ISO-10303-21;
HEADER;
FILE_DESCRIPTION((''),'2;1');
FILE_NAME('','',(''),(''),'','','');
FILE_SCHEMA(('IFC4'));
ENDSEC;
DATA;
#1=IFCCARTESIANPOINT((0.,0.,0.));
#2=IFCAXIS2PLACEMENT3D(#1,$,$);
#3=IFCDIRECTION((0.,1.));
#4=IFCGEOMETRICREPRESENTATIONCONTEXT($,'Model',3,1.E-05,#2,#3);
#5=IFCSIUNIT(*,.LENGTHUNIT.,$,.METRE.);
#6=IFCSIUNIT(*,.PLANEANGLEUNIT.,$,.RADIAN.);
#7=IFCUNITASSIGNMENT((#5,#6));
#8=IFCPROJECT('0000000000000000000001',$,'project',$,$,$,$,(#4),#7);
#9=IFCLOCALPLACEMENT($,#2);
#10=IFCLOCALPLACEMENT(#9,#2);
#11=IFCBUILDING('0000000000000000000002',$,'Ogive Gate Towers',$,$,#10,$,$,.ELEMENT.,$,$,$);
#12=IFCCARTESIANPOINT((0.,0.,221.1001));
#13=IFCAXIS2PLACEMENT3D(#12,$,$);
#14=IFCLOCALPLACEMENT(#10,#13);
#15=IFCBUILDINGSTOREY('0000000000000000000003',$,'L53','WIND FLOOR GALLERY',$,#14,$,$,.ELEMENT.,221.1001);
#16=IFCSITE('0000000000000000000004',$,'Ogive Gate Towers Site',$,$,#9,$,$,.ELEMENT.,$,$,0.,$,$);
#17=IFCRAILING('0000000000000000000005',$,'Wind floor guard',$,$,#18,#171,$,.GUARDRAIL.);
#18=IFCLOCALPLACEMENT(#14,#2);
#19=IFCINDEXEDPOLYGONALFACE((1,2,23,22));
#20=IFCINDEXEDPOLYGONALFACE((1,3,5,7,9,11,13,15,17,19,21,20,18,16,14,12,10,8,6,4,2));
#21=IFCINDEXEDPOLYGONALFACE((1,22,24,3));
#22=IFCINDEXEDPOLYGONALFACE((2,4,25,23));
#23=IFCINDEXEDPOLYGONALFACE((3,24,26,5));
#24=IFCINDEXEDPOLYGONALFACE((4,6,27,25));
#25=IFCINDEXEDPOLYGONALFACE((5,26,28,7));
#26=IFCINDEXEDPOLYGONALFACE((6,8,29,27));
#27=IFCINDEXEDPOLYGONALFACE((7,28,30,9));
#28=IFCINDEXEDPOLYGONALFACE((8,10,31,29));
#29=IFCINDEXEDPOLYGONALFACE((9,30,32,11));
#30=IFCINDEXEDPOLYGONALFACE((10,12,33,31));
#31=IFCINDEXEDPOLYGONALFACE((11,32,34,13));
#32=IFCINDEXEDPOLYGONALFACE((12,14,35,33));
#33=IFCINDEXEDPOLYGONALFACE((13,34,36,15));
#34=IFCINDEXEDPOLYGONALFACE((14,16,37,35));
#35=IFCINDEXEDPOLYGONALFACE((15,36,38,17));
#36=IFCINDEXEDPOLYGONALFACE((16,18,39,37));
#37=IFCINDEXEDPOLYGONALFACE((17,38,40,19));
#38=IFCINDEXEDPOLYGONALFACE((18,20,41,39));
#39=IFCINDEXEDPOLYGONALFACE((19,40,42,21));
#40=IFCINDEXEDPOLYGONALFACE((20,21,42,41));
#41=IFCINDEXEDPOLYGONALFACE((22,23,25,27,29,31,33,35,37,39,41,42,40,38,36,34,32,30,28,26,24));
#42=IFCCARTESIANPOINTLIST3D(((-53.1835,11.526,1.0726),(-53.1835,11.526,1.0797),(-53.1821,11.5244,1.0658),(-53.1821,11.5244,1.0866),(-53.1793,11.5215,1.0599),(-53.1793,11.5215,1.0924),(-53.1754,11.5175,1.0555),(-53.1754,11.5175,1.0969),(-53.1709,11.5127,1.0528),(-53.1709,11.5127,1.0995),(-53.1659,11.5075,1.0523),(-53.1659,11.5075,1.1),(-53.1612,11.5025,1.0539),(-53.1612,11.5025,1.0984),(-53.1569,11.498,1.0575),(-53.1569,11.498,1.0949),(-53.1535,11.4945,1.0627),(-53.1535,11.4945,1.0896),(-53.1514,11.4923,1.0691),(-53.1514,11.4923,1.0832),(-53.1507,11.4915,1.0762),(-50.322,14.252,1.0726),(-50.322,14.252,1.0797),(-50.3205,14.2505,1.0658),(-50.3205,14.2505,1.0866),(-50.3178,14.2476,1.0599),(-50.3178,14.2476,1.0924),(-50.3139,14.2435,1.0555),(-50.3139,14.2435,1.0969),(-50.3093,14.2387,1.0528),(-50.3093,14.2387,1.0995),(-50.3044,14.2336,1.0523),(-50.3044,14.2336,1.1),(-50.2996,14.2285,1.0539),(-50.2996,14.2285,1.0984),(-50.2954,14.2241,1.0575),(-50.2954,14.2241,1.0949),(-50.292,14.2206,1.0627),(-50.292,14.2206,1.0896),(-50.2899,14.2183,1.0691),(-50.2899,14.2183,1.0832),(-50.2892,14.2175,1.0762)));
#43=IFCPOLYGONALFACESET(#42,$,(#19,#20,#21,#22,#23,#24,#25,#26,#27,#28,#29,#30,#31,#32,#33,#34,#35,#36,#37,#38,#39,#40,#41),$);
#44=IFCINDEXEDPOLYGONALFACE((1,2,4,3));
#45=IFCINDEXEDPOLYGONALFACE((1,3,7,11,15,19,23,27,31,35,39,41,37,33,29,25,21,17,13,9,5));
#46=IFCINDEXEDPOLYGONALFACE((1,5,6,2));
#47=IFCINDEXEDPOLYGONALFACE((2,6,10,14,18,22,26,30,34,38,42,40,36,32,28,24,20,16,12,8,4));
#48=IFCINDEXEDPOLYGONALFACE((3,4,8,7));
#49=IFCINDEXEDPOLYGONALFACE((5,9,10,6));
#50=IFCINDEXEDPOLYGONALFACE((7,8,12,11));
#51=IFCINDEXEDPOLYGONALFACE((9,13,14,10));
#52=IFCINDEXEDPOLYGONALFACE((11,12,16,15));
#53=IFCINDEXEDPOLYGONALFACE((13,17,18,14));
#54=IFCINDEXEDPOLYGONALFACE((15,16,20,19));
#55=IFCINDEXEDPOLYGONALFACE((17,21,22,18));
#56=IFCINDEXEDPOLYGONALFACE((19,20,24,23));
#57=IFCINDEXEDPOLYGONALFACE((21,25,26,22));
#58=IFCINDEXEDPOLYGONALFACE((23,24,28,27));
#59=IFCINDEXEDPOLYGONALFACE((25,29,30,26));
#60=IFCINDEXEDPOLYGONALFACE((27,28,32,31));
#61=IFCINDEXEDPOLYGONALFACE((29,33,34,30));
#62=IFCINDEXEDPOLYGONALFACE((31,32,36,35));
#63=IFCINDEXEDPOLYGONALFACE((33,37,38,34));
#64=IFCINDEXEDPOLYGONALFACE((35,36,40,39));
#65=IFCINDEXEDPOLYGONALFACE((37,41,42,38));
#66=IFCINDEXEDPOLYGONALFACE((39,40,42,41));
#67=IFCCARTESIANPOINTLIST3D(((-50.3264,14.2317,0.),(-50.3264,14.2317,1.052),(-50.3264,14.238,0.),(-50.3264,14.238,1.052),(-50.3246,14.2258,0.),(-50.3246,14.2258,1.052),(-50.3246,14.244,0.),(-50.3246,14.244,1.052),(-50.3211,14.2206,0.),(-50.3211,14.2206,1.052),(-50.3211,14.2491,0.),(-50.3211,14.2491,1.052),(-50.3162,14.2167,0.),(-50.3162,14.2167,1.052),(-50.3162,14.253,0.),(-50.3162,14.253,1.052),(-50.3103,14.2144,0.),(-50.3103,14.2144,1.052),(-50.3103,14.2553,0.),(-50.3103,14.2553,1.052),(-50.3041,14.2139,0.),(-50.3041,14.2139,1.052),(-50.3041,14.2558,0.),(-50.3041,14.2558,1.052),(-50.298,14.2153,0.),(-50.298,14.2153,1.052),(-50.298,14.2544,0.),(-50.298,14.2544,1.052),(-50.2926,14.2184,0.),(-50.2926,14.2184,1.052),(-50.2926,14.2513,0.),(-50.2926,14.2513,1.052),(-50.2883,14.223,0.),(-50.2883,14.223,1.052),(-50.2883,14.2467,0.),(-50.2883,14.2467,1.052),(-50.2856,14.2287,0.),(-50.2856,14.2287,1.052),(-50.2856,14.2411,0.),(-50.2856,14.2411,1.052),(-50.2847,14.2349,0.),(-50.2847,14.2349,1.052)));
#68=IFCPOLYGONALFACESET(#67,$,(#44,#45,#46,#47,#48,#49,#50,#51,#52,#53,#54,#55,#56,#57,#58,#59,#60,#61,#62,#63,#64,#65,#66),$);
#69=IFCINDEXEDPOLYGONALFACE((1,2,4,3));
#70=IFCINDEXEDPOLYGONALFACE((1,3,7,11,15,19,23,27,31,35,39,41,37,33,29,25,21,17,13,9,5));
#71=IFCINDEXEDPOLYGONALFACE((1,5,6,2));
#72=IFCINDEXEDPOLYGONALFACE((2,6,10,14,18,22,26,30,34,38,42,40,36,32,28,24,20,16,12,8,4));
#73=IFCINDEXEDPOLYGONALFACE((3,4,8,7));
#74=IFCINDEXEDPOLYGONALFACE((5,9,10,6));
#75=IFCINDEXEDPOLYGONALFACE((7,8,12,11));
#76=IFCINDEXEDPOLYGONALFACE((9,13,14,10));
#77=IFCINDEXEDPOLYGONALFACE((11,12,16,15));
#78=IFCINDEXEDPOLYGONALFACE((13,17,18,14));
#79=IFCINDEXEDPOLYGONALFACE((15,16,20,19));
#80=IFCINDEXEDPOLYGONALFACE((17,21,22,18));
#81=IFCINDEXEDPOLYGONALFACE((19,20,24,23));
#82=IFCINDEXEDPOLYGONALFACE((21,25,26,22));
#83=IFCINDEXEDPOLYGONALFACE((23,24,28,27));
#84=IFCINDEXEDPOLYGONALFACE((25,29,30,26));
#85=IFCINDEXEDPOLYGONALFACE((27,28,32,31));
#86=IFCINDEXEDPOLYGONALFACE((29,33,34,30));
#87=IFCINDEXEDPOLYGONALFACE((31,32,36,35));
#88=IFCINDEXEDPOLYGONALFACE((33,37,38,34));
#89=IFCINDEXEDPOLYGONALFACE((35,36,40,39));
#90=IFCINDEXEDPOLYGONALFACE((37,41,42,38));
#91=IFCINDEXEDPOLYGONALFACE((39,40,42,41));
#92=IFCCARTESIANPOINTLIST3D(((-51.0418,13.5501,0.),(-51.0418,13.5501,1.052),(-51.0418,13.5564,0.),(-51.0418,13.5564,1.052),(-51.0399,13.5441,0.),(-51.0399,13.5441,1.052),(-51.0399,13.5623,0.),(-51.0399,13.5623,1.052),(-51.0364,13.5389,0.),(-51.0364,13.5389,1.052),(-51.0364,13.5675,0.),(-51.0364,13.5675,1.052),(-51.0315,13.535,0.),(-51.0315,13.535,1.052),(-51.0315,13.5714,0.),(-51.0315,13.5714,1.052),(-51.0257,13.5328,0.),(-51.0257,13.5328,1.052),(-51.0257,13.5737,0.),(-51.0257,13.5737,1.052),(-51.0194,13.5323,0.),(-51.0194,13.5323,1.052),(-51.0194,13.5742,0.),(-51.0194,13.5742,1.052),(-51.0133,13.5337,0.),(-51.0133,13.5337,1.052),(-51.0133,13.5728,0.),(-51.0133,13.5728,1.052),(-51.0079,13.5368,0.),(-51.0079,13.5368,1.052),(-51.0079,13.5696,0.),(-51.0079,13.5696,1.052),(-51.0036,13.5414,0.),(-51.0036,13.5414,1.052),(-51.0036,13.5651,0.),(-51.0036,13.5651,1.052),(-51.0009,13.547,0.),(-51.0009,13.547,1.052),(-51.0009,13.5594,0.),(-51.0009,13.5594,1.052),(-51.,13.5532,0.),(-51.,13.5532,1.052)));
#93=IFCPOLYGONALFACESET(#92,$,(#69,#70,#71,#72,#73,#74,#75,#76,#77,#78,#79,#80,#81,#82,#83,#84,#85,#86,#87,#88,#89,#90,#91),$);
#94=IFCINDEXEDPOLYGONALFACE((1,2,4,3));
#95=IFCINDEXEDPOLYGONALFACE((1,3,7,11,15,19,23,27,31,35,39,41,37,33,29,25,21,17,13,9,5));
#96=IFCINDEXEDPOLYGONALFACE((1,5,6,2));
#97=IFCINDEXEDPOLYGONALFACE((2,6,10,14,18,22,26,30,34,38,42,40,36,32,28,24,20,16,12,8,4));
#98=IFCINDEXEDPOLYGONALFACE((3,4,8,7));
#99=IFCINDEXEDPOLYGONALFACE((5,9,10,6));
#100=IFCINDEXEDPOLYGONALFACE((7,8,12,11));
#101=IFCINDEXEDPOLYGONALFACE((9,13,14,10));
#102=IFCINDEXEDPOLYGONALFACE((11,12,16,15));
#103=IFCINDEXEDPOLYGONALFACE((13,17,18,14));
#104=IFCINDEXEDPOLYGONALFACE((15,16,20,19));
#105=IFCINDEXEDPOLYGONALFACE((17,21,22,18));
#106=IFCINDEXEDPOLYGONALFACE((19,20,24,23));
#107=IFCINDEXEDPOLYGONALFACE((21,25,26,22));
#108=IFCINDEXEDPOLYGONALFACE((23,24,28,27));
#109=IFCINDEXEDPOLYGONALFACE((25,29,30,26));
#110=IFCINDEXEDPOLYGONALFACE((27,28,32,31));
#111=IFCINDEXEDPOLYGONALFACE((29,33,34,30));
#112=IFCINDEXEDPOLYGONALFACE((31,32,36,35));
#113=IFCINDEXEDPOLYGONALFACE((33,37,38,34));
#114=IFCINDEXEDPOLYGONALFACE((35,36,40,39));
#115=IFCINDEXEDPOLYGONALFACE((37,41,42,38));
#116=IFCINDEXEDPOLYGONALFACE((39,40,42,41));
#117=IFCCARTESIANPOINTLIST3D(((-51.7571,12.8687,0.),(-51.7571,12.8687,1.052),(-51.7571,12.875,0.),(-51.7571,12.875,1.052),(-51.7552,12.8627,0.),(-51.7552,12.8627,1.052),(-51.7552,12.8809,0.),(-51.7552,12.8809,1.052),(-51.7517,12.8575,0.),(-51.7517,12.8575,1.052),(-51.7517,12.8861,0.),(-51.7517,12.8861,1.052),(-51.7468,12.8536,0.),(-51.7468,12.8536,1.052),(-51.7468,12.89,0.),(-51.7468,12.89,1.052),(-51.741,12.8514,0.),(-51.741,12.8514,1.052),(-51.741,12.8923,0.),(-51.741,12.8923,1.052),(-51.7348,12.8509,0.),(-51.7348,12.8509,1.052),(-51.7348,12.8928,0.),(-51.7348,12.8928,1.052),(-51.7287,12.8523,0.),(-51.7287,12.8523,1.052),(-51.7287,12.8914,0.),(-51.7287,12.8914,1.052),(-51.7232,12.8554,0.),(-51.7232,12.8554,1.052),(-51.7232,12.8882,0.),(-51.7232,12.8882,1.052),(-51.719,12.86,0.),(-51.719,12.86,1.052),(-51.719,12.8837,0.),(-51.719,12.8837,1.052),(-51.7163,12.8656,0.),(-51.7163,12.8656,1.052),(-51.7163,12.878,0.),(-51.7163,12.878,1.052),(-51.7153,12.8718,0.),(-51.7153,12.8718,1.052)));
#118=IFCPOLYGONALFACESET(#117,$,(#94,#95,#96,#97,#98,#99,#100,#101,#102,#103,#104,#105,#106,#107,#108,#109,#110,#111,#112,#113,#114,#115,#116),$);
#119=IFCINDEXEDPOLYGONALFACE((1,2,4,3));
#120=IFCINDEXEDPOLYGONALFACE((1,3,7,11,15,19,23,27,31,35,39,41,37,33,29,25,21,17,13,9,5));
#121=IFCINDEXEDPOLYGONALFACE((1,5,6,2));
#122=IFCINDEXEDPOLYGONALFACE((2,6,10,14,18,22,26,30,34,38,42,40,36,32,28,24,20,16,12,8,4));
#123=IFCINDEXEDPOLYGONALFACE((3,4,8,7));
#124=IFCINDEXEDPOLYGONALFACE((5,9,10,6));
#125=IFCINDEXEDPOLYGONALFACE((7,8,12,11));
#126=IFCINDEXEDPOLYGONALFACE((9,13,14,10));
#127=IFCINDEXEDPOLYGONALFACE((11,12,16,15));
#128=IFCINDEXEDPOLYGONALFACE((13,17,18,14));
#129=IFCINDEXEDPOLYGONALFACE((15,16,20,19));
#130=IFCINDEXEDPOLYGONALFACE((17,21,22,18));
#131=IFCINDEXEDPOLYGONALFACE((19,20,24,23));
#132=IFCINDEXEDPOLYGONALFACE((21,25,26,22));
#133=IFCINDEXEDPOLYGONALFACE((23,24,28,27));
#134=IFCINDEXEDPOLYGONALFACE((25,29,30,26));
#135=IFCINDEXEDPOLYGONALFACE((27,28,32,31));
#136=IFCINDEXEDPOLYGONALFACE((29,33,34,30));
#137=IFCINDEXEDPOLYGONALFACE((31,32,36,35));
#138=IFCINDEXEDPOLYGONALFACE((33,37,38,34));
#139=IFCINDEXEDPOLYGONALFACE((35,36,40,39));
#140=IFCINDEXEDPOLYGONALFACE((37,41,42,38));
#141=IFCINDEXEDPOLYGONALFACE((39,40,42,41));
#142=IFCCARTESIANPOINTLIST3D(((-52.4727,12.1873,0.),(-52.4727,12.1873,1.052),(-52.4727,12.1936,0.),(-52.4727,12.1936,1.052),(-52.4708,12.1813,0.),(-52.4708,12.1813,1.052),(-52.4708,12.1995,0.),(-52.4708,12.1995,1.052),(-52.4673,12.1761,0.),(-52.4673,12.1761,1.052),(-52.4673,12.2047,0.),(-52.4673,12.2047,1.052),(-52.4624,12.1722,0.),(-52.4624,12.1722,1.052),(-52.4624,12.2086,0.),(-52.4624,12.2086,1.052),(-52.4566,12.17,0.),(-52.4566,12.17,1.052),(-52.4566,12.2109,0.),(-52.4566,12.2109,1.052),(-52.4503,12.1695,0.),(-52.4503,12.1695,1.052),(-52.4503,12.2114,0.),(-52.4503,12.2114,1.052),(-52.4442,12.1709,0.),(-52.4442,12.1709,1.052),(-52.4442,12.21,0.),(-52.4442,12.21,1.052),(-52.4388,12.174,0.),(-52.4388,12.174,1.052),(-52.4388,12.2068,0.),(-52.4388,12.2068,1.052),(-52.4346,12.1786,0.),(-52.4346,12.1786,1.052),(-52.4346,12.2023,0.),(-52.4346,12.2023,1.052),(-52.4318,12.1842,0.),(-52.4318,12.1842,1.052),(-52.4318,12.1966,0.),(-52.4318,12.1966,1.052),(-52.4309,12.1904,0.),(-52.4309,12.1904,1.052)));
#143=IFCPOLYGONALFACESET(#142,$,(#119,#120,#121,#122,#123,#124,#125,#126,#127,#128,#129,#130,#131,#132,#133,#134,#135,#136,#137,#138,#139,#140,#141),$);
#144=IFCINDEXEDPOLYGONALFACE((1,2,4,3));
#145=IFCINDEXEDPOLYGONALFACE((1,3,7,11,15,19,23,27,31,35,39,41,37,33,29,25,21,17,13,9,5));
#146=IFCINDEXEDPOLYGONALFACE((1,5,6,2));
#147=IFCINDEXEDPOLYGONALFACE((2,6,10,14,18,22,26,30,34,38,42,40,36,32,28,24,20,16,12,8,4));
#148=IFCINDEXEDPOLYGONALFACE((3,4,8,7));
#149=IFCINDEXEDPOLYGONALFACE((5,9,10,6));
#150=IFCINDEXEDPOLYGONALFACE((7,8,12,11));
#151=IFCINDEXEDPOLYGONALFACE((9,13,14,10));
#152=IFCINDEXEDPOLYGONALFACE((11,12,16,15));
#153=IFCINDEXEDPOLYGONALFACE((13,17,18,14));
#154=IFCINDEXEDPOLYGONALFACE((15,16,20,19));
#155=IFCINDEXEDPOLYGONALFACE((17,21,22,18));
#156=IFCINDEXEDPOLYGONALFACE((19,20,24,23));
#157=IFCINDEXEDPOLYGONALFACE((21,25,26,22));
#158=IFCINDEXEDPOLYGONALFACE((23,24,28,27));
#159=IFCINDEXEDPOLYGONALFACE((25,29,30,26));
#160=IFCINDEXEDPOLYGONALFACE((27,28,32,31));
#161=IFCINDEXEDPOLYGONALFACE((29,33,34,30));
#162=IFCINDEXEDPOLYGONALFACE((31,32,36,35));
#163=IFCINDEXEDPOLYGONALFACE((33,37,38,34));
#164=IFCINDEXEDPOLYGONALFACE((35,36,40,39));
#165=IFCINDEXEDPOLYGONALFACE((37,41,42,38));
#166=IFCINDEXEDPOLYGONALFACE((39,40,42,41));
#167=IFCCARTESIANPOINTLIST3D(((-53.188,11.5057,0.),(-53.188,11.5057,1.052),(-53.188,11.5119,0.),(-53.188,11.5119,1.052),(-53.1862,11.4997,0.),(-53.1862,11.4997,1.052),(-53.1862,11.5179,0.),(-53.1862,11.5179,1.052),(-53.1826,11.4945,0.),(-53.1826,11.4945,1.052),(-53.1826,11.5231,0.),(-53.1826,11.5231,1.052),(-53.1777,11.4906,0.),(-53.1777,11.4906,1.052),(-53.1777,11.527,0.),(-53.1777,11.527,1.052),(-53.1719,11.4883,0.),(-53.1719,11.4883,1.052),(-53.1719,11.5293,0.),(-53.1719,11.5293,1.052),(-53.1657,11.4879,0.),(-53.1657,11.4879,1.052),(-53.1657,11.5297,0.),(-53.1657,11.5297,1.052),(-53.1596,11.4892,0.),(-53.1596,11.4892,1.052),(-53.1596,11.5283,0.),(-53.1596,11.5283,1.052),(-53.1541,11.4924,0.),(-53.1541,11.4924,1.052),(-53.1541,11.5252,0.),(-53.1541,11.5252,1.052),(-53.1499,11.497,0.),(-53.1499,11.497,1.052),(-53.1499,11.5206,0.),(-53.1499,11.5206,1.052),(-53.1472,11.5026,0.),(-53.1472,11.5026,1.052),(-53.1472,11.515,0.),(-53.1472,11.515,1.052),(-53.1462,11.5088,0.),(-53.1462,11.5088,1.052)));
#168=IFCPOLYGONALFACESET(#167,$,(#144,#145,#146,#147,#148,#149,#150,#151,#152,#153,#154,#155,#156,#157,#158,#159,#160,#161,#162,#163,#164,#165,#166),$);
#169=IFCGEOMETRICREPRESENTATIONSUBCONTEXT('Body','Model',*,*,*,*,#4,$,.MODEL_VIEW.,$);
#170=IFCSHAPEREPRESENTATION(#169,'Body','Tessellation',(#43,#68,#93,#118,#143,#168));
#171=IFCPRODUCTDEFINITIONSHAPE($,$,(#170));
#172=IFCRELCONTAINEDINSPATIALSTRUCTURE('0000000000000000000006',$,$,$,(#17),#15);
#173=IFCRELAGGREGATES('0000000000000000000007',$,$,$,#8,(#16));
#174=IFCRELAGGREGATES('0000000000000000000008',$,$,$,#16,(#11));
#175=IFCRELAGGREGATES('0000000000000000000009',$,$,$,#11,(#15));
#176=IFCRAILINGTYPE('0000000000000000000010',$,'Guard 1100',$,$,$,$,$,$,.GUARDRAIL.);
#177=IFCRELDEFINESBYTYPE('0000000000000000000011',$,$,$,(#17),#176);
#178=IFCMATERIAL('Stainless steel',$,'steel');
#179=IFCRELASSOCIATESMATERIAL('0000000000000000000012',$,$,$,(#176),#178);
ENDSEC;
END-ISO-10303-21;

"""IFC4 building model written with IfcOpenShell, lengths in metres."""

from ifc_helpers import new_model, si_unit, direction, frame, origin, origin_2d, place, context, subcontext, project, spatial, circle, extrude, material, type_object, element, save


model = new_model("IFC4")

# Units and contexts
model_context = context("Model", 3, precision=1e-05, world=origin(), true_north=direction((0.0, 1.0)))
body_context = subcontext(model_context, "Body", "Model", "MODEL_VIEW")
ifc_project = project(units=[si_unit("LENGTHUNIT", "METRE"), si_unit("PLANEANGLEUNIT", "RADIAN")], contexts=[model_context])

# Site, building, storey
site_placement = place(None, origin())
site = spatial("IfcSite", under=ifc_project, at=site_placement, Name="Ogive Gate Towers Site", CompositionType="ELEMENT", RefElevation=0.0)
building_placement = place(site_placement, origin())
building = spatial("IfcBuilding", under=site, at=building_placement, Name="Ogive Gate Towers", CompositionType="ELEMENT")
storey_placement = place(building_placement, frame((0.0, 0.0, 221.1001)))
storey = spatial("IfcBuildingStorey", under=building, at=storey_placement, Name="L53", Description="WIND FLOOR GALLERY", CompositionType="ELEMENT", Elevation=221.1001)

# Railing
ifc_material_1 = material(Name="Stainless steel", Category="steel")
railing_type = type_object("IfcRailingType", Name="Guard 1100", PredefinedType="GUARDRAIL", material=ifc_material_1)
railing_1_placement = place(storey_placement, frame((-50.3057, 14.2349, 0.0)))
element("IfcRailing", 1, at=railing_1_placement, inside=storey, type_object=railing_type, Name="Wind floor guard", PredefinedType="GUARDRAIL", context=body_context, shape_type="SweptSolid", body=[
    extrude(circle(Radius=0.0239, at=origin_2d()), frame((0.0, 0.0, 1.0762), z_axis=(-0.724041, -0.689757, 0.0), x_axis=(0.689757, -0.724041, 0.0)), (0.0, 0.0, 1.0), 3.9521),
    extrude(circle(Radius=0.021, at=origin_2d()), origin(), (0.0, 0.0, 1.0), 1.052),
    extrude(circle(Radius=0.021, at=origin_2d()), frame((-0.7153, -0.6816, 0.0)), (0.0, 0.0, 1.0), 1.052),
    extrude(circle(Radius=0.021, at=origin_2d()), frame((-1.4307, -1.363, 0.0)), (0.0, 0.0, 1.0), 1.052),
    extrude(circle(Radius=0.021, at=origin_2d()), frame((-2.1462, -2.0444, 0.0)), (0.0, 0.0, 1.0), 1.052),
    extrude(circle(Radius=0.021, at=origin_2d()), frame((-2.8616, -2.7261, 0.0)), (0.0, 0.0, 1.0), 1.052),
])

save(model, "model.ifc")
